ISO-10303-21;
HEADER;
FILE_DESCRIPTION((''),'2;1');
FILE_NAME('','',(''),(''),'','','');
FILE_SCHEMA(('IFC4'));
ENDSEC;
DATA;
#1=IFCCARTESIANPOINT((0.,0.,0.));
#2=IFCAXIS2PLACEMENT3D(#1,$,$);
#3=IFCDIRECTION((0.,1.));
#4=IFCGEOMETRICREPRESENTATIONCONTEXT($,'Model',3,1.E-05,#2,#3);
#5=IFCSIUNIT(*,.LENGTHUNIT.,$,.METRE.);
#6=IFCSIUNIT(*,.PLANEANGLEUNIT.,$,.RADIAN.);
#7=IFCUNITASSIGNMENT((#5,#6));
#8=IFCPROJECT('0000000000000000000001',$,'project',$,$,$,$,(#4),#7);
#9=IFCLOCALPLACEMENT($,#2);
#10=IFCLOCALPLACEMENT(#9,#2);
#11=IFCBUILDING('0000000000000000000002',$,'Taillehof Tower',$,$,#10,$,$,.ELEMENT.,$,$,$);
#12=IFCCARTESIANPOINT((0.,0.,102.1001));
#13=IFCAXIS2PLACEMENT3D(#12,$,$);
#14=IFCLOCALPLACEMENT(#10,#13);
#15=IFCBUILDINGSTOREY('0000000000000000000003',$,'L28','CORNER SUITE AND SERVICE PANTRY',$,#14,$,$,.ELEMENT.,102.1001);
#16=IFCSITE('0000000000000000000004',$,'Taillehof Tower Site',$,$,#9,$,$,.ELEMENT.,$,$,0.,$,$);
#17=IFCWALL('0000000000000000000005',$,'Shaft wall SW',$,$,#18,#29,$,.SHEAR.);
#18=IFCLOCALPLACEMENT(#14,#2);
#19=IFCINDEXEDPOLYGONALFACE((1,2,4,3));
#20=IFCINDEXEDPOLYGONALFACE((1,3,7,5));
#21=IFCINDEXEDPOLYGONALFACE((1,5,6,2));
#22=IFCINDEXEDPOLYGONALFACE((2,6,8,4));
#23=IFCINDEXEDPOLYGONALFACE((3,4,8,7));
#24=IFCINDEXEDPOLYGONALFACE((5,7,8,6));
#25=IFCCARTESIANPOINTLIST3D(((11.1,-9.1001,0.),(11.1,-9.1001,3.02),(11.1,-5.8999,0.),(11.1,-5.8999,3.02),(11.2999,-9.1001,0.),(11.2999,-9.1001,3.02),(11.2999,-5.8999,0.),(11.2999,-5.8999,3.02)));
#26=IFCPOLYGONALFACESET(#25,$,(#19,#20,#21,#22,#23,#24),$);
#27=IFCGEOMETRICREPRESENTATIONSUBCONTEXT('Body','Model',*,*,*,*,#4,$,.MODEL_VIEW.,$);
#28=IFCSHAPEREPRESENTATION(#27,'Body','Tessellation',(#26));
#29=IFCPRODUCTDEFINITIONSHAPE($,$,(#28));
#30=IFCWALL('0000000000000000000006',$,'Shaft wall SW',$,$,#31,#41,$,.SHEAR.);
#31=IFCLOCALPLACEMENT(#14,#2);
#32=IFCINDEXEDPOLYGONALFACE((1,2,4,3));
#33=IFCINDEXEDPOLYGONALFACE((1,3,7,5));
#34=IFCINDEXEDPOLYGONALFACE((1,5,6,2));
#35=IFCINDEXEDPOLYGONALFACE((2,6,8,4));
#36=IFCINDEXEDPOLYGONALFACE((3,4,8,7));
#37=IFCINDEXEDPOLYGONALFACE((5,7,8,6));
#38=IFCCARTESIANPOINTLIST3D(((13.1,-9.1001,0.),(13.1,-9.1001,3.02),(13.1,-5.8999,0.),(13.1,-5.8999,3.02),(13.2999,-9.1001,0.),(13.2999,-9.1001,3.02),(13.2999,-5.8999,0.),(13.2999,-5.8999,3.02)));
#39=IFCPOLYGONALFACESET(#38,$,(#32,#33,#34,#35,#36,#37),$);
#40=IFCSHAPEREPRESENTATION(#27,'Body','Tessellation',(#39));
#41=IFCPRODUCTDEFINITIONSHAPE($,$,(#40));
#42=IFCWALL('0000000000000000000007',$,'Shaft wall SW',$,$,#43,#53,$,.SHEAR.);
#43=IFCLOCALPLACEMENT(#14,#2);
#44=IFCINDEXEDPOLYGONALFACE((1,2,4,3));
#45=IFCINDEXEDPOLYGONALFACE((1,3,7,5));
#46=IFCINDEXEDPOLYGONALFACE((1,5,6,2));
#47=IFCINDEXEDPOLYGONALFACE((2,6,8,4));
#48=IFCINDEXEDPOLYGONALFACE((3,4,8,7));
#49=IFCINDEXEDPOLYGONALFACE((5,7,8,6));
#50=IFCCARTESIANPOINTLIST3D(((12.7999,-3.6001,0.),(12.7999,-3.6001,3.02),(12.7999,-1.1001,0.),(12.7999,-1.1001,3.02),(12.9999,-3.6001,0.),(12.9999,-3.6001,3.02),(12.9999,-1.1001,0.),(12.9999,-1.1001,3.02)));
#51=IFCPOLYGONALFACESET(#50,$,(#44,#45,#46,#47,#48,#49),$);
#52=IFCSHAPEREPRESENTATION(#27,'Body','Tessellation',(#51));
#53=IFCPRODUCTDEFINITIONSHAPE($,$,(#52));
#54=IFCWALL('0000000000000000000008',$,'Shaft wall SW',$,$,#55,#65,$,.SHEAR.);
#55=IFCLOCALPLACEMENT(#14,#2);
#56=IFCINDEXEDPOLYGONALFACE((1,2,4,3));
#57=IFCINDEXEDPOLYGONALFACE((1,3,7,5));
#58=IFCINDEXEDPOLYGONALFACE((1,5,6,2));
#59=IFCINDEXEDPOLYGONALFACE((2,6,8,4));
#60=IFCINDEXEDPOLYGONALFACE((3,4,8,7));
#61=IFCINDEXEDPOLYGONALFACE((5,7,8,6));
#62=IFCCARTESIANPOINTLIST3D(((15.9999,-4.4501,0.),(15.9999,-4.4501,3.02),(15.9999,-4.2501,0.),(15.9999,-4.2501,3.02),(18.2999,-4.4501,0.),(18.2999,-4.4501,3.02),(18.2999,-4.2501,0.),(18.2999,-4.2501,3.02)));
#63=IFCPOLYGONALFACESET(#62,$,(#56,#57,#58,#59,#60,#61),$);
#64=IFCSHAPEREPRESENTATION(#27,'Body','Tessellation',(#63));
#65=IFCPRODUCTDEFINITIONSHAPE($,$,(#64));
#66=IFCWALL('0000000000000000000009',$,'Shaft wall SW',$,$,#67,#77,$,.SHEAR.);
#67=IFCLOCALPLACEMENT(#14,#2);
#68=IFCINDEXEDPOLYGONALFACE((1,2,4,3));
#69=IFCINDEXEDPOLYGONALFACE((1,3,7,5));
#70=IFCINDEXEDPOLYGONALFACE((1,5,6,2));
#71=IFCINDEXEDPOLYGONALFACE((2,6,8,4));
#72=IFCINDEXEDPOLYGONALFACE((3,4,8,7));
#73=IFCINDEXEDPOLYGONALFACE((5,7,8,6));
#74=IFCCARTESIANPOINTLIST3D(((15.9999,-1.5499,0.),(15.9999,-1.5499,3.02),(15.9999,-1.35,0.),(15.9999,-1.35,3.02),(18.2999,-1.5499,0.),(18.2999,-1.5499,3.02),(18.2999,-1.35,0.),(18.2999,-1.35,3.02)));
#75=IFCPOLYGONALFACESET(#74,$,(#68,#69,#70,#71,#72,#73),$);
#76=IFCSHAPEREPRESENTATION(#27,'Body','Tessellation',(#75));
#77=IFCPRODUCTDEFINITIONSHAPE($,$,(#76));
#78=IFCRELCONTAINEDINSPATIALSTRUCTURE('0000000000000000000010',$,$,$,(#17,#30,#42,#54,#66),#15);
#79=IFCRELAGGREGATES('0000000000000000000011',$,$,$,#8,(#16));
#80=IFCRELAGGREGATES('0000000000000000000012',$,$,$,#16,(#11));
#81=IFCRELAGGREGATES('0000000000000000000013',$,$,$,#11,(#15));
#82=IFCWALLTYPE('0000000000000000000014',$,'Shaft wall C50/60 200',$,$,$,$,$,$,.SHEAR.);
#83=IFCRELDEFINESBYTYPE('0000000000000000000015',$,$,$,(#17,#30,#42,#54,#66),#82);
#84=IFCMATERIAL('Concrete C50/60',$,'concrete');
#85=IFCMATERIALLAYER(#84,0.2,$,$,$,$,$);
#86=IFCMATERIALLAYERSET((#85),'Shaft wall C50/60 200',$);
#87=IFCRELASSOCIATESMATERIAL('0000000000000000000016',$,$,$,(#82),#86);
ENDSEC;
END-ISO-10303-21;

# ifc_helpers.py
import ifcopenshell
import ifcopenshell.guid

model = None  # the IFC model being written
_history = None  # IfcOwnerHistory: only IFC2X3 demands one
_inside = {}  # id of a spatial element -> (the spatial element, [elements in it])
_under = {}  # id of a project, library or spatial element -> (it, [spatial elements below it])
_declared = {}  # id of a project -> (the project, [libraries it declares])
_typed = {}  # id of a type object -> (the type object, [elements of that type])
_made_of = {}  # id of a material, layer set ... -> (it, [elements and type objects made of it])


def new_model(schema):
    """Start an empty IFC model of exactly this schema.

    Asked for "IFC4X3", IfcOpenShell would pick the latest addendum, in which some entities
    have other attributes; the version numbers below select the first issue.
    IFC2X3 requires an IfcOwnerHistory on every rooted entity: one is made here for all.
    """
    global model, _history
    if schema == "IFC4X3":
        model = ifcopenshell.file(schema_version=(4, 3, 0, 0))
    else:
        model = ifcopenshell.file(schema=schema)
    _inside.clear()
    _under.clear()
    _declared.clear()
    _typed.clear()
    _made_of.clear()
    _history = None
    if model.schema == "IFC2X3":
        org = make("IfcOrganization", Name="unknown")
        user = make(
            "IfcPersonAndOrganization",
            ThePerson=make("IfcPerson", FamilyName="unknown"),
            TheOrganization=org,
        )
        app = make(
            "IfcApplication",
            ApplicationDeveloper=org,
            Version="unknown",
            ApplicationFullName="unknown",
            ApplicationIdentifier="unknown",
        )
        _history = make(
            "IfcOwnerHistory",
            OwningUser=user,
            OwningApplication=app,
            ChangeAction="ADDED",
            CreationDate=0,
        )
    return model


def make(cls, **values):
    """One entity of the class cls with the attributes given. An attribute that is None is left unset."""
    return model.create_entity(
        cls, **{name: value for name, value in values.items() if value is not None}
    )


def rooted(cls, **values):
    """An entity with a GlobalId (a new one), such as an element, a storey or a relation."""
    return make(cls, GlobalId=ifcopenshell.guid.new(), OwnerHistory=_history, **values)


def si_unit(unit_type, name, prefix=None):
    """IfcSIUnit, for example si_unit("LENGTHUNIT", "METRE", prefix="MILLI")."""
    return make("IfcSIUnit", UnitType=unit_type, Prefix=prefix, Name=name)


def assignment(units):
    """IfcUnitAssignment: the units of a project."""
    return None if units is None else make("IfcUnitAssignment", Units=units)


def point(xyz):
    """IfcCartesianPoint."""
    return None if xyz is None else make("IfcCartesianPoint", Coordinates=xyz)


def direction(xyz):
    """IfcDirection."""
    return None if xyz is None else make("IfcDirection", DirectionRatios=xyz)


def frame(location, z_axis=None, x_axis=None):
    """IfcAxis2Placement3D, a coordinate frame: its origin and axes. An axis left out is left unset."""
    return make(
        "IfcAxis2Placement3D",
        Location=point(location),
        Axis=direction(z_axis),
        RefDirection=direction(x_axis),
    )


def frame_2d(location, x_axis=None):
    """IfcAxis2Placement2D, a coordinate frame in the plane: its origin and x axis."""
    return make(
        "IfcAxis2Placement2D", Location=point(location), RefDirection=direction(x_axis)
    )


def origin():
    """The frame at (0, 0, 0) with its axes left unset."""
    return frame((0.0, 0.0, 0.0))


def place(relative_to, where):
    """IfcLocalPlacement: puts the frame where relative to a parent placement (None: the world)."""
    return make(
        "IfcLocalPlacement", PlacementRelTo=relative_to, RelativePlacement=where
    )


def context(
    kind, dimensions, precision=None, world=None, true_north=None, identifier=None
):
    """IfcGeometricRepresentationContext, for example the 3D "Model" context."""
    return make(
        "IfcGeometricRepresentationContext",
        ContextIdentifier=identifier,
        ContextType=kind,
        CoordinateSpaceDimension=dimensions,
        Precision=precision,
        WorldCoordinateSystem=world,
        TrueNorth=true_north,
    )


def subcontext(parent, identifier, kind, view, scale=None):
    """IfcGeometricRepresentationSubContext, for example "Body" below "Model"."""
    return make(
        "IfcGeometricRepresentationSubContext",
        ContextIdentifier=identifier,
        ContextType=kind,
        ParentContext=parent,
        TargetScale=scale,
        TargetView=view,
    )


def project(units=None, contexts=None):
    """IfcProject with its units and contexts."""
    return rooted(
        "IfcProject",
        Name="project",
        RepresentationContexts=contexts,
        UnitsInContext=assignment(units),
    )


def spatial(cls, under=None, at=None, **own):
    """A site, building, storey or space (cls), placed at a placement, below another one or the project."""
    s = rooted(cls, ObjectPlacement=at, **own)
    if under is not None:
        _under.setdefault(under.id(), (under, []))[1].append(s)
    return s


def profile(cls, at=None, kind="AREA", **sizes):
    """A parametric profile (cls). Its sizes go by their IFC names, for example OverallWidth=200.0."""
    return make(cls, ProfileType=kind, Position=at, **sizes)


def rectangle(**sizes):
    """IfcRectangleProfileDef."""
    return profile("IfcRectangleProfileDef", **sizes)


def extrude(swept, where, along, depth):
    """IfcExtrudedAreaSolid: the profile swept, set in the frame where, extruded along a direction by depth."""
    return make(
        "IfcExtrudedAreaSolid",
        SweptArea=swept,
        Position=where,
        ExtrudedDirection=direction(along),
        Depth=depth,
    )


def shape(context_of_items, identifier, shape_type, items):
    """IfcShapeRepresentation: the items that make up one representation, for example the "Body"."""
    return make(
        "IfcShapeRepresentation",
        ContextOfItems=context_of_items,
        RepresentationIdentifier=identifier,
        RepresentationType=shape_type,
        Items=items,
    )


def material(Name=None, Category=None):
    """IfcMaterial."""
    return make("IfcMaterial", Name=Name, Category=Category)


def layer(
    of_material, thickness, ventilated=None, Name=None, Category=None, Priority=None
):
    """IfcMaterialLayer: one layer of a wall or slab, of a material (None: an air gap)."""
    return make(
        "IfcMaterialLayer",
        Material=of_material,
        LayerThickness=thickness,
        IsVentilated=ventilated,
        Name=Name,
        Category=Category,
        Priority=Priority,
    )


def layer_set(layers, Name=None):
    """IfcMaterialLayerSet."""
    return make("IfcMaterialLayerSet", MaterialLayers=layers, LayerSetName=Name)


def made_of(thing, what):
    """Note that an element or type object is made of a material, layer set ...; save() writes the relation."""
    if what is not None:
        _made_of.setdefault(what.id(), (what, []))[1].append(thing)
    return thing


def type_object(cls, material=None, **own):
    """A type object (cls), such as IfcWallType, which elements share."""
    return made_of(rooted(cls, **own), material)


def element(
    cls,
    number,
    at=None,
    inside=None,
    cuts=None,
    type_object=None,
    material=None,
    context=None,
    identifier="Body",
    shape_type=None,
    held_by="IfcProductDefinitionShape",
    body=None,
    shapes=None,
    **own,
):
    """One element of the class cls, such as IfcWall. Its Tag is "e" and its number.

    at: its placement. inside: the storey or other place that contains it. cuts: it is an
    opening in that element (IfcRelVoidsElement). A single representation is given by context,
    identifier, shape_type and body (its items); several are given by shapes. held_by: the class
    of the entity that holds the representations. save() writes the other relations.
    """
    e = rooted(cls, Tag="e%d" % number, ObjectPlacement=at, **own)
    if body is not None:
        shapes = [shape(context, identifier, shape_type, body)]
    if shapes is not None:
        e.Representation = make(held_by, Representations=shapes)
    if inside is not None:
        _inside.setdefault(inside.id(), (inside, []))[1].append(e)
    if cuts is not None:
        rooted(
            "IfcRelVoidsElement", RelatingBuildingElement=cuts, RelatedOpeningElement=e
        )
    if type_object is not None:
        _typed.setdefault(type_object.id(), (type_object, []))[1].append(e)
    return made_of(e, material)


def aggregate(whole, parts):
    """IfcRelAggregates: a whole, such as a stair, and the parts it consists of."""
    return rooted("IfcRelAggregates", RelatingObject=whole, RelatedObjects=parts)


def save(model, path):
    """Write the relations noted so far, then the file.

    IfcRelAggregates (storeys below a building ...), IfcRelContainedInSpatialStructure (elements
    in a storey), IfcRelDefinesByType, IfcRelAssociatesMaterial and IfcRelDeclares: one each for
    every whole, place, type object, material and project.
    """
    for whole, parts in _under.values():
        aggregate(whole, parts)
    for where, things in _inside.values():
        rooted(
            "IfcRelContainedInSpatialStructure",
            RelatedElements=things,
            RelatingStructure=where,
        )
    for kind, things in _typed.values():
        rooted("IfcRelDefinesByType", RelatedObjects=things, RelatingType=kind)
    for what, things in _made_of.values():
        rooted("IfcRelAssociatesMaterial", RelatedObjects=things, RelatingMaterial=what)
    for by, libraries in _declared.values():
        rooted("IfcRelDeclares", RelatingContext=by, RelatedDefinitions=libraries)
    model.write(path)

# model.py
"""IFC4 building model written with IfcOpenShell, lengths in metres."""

from ifc_helpers import new_model, si_unit, direction, frame, frame_2d, origin, place, context, subcontext, project, spatial, rectangle, extrude, material, layer, layer_set, type_object, element, save


model = new_model("IFC4")

# Units and contexts
model_context = context("Model", 3, precision=1e-05, world=origin(), true_north=direction((0.0, 1.0)))
body_context = subcontext(model_context, "Body", "Model", "MODEL_VIEW")
ifc_project = project(units=[si_unit("LENGTHUNIT", "METRE"), si_unit("PLANEANGLEUNIT", "RADIAN")], contexts=[model_context])

# Site, building, storey
site_placement = place(None, origin())
site = spatial("IfcSite", under=ifc_project, at=site_placement, Name="Taillehof Tower Site", CompositionType="ELEMENT", RefElevation=0.0)
building_placement = place(site_placement, origin())
building = spatial("IfcBuilding", under=site, at=building_placement, Name="Taillehof Tower", CompositionType="ELEMENT")
storey_placement = place(building_placement, frame((0.0, 0.0, 102.1001)))
storey = spatial("IfcBuildingStorey", under=building, at=storey_placement, Name="L28", Description="CORNER SUITE AND SERVICE PANTRY", CompositionType="ELEMENT", Elevation=102.1001)

# Walls
ifc_material_1 = material(Name="Concrete C50/60", Category="concrete")
ifc_layer_1 = layer(ifc_material_1, 0.2)
ifc_layer_set_1 = layer_set([ifc_layer_1], Name="Shaft wall C50/60 200")
wall_type_1 = type_object("IfcWallType", Name="Shaft wall C50/60 200", PredefinedType="SHEAR", material=ifc_layer_set_1)
for number, where, z_axis, x_axis, name in (
    (1, (11.2, -9.1001, 0.0), (0.0, 0.0, 1.0), (0.0, 1.0, 0.0), "Shaft wall SW"),
    (2, (13.2, -9.1001, 0.0), (0.0, 0.0, 1.0), (0.0, 1.0, 0.0), "Shaft wall SW"),
):
    element("IfcWall", number, at=place(storey_placement, frame(where, z_axis=z_axis, x_axis=x_axis)), inside=storey, type_object=wall_type_1, Name=name, PredefinedType="SHEAR", context=body_context, shape_type="SweptSolid", body=[
        extrude(rectangle(XDim=3.2002, YDim=0.2, at=frame_2d((1.6001, 0.0))), origin(), (0.0, 0.0, 1.0), 3.02),
    ])
wall_1_placement = place(storey_placement, frame((12.8999, -3.6001, 0.0), z_axis=(0.0, 0.0, 1.0), x_axis=(0.0, 1.0, 0.0)))
element("IfcWall", 3, at=wall_1_placement, inside=storey, type_object=wall_type_1, Name="Shaft wall SW", PredefinedType="SHEAR", context=body_context, shape_type="SweptSolid", body=[
    extrude(rectangle(XDim=2.5, YDim=0.2, at=frame_2d((1.25, 0.0))), origin(), (0.0, 0.0, 1.0), 3.02),
])
for number, where, z_axis, x_axis, name in (
    (4, (16.0, -4.3501, 0.0), (0.0, 0.0, 1.0), (1.0, 0.0, 0.0), "Shaft wall SW"),
    (5, (16.0, -1.45, 0.0), (0.0, 0.0, 1.0), (1.0, 0.0, 0.0), "Shaft wall SW"),
):
    element("IfcWall", number, at=place(storey_placement, frame(where, z_axis=z_axis, x_axis=x_axis)), inside=storey, type_object=wall_type_1, Name=name, PredefinedType="SHEAR", context=body_context, shape_type="SweptSolid", body=[
        extrude(rectangle(XDim=2.3, YDim=0.2, at=frame_2d((1.1499, 0.0))), origin(), (0.0, 0.0, 1.0), 3.02),
    ])

save(model, "model.ifc")
